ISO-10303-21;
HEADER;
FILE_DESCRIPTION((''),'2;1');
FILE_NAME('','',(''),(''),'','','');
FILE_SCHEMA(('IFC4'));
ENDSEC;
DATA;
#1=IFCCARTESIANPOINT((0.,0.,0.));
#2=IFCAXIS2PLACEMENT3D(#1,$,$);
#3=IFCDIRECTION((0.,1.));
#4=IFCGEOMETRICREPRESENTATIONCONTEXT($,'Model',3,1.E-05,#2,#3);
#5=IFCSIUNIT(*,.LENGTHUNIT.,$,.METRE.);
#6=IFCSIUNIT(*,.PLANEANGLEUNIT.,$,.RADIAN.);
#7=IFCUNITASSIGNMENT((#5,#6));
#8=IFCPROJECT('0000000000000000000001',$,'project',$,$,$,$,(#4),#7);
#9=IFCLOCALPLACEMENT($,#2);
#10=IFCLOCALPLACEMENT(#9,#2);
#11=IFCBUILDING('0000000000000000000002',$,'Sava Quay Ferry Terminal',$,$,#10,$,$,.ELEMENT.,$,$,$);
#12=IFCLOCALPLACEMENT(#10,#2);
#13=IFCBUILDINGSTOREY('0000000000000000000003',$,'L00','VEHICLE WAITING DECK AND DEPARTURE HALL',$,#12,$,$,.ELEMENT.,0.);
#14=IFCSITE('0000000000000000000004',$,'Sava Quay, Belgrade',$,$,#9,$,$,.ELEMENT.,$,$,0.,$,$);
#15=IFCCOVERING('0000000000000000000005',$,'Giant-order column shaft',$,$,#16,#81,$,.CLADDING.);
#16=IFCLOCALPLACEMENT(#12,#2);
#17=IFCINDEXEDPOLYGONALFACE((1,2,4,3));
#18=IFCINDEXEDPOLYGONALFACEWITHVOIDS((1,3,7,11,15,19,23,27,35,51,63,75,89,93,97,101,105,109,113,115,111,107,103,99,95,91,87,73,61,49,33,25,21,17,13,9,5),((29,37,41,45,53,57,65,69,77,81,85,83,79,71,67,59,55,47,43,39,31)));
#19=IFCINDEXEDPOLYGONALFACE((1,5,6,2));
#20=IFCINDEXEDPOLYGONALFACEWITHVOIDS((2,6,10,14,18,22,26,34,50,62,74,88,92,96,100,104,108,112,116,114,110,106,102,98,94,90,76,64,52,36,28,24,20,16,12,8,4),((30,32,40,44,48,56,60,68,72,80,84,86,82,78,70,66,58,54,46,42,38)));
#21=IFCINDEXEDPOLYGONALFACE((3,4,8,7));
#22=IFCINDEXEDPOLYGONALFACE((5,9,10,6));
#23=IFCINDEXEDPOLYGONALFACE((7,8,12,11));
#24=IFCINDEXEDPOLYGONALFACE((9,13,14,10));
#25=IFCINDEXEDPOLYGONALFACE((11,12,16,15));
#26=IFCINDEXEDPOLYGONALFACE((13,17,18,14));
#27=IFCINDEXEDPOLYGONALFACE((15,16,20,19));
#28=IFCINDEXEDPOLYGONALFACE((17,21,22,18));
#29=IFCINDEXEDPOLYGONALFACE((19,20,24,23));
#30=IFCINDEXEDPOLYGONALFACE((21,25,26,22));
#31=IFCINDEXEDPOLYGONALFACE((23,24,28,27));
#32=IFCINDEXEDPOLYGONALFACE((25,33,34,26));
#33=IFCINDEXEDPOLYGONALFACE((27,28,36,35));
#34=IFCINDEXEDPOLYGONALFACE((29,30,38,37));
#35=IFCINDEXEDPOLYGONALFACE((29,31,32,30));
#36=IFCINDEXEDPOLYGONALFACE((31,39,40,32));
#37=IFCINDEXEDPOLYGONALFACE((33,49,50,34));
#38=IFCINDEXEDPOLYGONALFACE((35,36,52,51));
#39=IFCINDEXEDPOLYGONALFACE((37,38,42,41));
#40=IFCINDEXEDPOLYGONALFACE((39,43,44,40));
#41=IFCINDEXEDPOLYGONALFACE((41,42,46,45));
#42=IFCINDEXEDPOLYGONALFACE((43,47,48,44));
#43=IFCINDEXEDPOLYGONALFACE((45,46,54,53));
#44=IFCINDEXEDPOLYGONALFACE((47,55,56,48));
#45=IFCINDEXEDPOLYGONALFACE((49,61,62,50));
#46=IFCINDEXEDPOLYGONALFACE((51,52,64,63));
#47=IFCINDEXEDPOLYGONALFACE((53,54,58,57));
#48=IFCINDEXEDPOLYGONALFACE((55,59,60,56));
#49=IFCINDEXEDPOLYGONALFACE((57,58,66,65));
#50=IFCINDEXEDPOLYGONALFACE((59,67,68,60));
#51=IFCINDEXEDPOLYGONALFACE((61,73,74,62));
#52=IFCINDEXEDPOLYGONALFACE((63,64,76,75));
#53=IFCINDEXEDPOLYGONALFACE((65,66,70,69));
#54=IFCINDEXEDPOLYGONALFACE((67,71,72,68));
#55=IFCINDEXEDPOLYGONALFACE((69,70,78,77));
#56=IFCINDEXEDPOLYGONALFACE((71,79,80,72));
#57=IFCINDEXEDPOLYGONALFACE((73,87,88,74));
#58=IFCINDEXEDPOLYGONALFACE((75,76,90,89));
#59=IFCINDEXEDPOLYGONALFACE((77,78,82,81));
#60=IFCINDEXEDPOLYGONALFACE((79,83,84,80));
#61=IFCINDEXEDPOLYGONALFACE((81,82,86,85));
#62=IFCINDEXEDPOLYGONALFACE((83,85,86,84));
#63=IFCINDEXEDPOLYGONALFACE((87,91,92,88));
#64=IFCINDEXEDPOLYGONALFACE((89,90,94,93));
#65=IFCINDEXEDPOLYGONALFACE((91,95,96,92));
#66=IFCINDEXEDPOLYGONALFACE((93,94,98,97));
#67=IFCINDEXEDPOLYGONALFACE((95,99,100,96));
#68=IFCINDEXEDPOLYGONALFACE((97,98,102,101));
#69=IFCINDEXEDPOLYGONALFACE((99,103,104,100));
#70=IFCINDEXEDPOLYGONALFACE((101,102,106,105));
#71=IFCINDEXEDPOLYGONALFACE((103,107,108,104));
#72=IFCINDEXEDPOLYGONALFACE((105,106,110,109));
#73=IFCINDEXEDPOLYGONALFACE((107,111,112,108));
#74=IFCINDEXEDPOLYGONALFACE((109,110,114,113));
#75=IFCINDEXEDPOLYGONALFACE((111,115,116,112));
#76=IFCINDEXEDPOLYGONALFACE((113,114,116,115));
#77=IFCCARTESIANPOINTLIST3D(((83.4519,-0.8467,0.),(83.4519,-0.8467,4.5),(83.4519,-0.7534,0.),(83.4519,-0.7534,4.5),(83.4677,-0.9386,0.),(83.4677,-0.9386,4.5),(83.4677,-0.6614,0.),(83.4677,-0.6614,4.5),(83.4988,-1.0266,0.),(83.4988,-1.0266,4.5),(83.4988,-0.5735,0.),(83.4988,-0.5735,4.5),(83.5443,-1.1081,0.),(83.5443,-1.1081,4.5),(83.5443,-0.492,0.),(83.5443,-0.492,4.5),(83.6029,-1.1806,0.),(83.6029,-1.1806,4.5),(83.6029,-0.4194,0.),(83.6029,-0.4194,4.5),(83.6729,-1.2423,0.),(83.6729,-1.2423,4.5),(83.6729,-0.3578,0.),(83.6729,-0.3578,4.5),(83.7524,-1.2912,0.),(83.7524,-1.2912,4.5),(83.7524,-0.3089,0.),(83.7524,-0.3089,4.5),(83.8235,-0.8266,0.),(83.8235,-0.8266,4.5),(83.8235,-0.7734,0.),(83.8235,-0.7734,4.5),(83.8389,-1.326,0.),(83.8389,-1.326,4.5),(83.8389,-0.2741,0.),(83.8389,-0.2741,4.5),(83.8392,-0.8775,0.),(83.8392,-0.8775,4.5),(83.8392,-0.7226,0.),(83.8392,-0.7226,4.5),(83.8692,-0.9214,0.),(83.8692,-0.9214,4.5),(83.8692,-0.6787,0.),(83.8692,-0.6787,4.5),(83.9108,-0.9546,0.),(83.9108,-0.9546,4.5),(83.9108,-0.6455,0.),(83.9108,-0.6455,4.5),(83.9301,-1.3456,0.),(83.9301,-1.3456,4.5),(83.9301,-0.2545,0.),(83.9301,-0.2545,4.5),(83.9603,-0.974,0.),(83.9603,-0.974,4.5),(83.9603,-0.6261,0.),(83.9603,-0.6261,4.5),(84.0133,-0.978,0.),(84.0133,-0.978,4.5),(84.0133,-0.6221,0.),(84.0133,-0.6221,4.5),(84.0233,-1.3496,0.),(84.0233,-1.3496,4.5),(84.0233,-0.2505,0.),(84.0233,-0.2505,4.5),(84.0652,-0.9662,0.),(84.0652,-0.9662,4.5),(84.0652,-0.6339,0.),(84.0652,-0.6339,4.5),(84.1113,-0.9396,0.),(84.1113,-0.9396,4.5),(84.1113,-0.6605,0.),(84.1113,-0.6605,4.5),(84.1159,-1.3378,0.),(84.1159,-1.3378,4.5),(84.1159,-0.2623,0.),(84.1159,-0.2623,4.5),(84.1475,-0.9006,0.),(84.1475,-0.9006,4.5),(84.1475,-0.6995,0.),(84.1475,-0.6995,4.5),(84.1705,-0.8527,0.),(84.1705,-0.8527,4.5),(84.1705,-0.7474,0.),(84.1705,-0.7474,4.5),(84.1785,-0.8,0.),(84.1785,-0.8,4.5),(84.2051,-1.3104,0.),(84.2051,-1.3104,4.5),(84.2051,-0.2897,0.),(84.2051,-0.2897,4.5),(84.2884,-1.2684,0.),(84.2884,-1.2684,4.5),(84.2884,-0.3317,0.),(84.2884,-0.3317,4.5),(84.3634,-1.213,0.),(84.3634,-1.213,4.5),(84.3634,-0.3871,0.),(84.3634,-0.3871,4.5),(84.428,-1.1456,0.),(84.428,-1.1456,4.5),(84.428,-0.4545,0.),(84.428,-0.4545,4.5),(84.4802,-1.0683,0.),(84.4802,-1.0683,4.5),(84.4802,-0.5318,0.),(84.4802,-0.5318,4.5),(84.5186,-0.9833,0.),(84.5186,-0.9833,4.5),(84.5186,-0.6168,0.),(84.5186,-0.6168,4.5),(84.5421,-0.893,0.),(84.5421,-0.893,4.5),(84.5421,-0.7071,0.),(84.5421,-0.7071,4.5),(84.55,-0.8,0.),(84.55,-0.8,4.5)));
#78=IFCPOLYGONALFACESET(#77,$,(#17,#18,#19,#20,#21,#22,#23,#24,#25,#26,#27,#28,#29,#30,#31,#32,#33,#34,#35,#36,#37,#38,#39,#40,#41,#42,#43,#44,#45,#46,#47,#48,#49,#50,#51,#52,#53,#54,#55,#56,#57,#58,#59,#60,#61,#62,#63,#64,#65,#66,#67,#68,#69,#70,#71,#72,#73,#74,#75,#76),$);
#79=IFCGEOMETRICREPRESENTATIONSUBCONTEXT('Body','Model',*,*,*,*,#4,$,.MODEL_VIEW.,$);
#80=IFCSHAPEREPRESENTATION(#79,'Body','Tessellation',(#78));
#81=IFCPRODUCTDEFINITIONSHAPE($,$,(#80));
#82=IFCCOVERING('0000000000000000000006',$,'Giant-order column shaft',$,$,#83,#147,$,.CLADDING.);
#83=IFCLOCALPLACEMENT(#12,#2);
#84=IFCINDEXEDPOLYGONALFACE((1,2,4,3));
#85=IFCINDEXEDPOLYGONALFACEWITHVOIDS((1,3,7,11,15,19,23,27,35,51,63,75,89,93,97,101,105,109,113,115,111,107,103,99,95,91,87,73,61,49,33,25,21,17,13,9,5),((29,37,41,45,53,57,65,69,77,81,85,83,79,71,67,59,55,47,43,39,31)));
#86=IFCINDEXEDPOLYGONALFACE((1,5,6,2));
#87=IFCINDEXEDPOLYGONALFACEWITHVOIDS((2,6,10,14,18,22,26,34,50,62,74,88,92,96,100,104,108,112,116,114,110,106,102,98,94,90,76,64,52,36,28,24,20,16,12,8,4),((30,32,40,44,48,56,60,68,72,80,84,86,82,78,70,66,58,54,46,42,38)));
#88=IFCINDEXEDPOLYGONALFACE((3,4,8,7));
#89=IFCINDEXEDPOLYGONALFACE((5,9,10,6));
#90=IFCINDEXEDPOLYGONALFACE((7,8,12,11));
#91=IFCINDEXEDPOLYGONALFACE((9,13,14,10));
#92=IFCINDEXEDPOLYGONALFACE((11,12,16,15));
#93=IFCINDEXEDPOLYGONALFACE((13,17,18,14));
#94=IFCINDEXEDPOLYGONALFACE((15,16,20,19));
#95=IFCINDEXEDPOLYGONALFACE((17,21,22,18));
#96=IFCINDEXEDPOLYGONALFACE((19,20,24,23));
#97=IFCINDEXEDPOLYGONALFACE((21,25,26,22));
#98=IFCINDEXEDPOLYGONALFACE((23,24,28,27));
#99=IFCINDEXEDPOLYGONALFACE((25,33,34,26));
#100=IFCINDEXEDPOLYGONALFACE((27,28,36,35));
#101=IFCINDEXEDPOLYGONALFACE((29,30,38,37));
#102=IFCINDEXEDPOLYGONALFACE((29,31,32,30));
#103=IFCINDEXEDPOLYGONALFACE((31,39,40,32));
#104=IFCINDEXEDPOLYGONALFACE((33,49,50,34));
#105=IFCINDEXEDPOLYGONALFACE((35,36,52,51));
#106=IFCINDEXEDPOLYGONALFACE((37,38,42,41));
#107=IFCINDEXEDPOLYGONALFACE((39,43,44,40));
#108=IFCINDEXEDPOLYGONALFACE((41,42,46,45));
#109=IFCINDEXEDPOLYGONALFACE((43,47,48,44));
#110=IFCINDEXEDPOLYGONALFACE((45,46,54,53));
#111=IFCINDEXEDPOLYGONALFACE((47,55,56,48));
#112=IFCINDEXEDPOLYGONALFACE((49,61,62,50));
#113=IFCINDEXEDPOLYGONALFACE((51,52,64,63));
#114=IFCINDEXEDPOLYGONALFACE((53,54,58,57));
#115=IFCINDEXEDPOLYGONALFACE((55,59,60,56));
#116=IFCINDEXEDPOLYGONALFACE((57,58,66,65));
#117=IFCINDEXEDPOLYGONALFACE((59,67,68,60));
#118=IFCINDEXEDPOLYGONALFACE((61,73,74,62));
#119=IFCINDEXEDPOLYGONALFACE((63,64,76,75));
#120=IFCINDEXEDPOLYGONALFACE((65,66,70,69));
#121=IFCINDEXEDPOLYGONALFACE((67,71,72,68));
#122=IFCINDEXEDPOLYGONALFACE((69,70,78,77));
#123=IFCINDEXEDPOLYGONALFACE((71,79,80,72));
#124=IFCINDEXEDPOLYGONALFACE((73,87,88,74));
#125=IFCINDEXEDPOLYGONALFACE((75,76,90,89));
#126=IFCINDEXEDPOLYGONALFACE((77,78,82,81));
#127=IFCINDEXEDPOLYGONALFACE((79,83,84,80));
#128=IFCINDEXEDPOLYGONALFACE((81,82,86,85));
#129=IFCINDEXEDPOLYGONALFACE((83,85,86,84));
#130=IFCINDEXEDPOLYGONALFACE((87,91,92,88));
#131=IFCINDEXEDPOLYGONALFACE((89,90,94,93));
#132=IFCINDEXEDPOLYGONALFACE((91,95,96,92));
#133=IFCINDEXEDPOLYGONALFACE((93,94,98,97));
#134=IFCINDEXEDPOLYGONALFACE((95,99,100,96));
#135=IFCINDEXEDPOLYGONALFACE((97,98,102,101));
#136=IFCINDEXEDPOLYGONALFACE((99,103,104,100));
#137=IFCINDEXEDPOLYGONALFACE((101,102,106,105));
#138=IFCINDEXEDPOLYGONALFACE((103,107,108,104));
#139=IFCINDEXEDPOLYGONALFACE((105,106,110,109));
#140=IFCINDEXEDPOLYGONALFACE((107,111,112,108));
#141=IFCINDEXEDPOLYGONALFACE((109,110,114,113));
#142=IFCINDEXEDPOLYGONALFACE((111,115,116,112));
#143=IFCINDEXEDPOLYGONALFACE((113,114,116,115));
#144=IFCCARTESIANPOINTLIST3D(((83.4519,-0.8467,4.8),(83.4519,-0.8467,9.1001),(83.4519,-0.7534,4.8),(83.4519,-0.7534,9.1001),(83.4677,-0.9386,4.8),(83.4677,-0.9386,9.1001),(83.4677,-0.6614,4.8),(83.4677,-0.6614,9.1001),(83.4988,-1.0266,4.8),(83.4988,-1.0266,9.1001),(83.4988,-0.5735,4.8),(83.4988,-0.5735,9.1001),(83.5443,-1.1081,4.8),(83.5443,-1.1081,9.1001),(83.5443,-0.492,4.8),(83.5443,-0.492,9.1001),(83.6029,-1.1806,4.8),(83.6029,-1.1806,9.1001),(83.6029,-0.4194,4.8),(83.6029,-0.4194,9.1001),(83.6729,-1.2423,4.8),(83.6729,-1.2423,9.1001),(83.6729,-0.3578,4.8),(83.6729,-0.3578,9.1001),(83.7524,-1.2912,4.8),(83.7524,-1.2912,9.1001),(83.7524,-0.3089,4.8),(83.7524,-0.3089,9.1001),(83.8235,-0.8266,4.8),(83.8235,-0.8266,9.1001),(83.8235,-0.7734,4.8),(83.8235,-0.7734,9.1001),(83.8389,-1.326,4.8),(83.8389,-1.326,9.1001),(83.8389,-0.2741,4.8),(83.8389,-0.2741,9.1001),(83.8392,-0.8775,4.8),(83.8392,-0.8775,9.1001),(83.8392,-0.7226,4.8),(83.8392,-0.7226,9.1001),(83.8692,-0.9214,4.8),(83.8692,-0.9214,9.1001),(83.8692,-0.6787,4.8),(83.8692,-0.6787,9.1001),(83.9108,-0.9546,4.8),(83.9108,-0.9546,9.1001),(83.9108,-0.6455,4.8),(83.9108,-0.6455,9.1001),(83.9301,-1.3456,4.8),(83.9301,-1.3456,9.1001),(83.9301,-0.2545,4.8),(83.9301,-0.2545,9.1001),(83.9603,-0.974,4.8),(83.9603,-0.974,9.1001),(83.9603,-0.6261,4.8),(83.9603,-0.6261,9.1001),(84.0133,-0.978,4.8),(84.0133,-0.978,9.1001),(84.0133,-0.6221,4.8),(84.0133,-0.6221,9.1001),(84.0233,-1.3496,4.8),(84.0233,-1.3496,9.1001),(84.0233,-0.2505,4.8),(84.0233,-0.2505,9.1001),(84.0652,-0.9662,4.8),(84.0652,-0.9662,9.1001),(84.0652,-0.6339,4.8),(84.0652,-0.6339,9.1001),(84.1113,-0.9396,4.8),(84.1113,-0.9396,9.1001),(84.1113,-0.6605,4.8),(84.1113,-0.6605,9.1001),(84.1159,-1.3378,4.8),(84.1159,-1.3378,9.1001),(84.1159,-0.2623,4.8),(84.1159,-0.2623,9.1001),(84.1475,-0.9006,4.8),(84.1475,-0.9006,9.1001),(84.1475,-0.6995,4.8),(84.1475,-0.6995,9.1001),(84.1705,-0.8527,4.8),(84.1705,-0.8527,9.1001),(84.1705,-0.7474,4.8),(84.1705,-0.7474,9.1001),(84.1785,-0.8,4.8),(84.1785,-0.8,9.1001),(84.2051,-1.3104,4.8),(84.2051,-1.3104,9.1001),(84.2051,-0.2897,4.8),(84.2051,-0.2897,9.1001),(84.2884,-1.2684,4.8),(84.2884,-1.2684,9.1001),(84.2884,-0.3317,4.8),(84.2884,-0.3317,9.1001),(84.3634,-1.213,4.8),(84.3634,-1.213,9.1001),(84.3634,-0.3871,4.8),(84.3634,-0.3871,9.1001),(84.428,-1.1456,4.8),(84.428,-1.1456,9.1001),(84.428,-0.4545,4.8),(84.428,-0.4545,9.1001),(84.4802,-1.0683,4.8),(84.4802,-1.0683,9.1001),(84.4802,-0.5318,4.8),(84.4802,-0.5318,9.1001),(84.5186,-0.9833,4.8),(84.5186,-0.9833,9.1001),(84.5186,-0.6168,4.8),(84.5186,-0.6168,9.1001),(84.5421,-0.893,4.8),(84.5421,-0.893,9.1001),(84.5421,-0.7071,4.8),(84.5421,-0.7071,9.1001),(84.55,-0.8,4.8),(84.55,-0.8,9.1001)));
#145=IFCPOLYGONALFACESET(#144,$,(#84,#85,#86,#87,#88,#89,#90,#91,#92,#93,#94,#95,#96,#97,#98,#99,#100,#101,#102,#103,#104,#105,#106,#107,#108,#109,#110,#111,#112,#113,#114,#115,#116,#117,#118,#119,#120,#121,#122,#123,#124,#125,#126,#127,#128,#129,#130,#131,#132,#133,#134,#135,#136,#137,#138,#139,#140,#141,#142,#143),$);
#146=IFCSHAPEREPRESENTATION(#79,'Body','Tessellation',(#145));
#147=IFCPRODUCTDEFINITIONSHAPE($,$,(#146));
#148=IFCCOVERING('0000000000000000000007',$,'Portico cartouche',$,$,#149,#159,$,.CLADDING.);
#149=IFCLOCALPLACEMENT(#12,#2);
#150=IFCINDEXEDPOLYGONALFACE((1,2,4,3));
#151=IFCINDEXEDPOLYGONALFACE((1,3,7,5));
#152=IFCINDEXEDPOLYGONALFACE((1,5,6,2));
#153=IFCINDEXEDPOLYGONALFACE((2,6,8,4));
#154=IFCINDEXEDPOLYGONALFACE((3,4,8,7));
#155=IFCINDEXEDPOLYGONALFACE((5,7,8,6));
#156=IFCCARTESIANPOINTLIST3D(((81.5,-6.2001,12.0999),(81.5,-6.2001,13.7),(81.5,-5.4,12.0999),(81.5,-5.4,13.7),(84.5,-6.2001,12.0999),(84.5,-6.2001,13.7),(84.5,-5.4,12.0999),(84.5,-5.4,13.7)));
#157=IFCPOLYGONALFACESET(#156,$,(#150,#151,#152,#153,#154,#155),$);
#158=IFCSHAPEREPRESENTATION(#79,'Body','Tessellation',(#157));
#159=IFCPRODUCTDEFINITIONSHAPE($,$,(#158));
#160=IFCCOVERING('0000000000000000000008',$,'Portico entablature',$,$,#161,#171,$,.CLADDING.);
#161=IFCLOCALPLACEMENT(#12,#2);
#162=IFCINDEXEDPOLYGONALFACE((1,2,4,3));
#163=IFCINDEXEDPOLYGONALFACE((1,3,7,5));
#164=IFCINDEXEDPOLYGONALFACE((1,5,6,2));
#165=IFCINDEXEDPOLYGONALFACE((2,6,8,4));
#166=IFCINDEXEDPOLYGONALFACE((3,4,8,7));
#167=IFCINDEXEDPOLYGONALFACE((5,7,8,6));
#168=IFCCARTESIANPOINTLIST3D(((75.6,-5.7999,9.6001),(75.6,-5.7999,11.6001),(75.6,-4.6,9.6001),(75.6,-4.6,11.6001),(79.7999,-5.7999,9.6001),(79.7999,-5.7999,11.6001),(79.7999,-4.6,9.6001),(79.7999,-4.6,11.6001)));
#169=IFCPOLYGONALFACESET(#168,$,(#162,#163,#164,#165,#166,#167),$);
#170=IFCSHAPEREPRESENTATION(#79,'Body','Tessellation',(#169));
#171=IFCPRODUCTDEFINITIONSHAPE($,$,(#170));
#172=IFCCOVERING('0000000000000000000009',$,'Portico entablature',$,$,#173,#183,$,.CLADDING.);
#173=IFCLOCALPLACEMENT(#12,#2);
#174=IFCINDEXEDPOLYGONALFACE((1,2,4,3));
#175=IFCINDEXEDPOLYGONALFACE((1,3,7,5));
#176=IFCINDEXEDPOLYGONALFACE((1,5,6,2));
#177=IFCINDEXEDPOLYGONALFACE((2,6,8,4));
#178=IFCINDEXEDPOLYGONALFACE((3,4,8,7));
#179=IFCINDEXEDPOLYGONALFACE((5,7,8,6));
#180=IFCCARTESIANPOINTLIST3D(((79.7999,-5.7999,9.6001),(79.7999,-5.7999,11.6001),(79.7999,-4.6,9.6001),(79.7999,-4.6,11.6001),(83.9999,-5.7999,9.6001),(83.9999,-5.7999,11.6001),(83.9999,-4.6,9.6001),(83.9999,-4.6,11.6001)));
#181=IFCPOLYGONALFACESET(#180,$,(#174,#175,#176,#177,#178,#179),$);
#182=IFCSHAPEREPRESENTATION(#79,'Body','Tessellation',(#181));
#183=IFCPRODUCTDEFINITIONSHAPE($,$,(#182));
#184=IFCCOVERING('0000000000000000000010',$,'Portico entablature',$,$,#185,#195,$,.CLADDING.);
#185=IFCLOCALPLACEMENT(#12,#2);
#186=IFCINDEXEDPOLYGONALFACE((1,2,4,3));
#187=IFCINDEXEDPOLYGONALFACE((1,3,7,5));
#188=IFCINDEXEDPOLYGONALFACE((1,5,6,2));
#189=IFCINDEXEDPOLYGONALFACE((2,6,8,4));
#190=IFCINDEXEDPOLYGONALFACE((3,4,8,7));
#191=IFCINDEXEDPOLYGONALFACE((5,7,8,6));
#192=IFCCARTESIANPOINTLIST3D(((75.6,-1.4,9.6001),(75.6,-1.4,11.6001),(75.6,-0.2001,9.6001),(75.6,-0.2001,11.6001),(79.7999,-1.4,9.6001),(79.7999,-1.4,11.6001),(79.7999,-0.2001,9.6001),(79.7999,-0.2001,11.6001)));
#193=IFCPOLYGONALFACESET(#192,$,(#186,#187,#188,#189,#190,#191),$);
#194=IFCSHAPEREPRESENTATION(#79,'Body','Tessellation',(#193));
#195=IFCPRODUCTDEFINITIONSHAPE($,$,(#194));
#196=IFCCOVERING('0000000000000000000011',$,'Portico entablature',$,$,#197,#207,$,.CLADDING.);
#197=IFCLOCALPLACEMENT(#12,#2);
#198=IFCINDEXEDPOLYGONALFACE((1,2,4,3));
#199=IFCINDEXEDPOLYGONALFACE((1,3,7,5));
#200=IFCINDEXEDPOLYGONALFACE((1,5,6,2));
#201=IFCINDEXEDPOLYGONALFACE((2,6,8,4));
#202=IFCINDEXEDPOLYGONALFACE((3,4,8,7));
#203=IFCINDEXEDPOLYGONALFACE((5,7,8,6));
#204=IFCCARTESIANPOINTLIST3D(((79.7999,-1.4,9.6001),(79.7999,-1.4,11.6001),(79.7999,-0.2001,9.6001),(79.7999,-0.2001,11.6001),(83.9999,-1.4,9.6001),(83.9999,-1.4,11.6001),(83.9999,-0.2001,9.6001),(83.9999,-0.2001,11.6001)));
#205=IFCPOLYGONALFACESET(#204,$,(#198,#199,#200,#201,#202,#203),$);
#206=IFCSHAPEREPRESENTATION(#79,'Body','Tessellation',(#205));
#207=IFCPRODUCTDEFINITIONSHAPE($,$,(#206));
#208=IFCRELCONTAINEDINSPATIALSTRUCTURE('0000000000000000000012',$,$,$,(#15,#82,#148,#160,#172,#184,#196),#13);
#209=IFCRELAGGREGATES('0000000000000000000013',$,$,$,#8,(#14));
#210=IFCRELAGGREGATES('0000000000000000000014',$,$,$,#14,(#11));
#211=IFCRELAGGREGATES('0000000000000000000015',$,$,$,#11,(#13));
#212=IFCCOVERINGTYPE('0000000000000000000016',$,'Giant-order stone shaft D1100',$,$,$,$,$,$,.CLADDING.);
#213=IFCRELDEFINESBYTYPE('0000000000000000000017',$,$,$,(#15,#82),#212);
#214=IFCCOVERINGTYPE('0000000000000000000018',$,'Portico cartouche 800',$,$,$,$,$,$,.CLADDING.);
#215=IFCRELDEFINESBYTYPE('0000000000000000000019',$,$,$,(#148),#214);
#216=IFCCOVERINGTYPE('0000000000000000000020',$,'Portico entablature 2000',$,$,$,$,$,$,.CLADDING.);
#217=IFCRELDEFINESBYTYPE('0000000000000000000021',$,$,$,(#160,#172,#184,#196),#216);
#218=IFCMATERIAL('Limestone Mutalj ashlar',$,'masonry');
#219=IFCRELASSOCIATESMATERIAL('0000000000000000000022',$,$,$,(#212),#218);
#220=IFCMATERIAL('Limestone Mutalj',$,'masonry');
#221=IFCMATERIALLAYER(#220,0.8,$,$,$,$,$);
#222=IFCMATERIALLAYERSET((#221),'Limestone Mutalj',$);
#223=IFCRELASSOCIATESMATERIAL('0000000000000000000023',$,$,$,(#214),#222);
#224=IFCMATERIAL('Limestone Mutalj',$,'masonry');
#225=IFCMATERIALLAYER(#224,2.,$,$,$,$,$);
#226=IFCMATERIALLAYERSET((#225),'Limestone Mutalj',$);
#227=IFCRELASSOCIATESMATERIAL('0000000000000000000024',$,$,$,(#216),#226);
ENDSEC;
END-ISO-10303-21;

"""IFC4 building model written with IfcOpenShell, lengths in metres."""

from ifc_helpers import new_model, si_unit, direction, frame, origin, origin_2d, place, context, subcontext, project, spatial, rectangle, hollow_circle, extrude, material, layer, layer_set, material_profile, profile_set, type_object, element, save


model = new_model("IFC4")

# Units and contexts
model_context = context("Model", 3, precision=1e-05, world=origin(), true_north=direction((0.0, 1.0)))
body_context = subcontext(model_context, "Body", "Model", "MODEL_VIEW")
ifc_project = project(units=[si_unit("LENGTHUNIT", "METRE"), si_unit("PLANEANGLEUNIT", "RADIAN")], contexts=[model_context])

# Site, building, storey
site_placement = place(None, origin())
site = spatial("IfcSite", under=ifc_project, at=site_placement, Name="Sava Quay, Belgrade", CompositionType="ELEMENT", RefElevation=0.0)
building_placement = place(site_placement, origin())
building = spatial("IfcBuilding", under=site, at=building_placement, Name="Sava Quay Ferry Terminal", CompositionType="ELEMENT")
storey_placement = place(building_placement, origin())
storey = spatial("IfcBuildingStorey", under=building, at=storey_placement, Name="L00", Description="VEHICLE WAITING DECK AND DEPARTURE HALL", CompositionType="ELEMENT", Elevation=0.0)

# Coverings
ifc_material_1 = material(Name="Limestone Mutalj ashlar", Category="masonry")
ifc_material_profile_1 = material_profile(ifc_material_1, hollow_circle(Radius=0.55, WallThickness=0.3716, at=origin_2d()), Name="Stone shaft D1100")
ifc_profile_set_1 = profile_set([ifc_material_profile_1], Name="Limestone Mutalj ashlar")
covering_type_1 = type_object("IfcCoveringType", Name="Giant-order stone shaft D1100", PredefinedType="CLADDING", material=ifc_profile_set_1)
covering_1_placement = place(storey_placement, frame((84.0, -0.8, 0.0), z_axis=(0.0, 0.0, 1.0), x_axis=(1.0, 0.0, 0.0)))
element("IfcCovering", 1, at=covering_1_placement, inside=storey, type_object=covering_type_1, Name="Giant-order column shaft", PredefinedType="CLADDING", context=body_context, shape_type="SweptSolid", body=[
    extrude(hollow_circle(Radius=0.55, WallThickness=0.3716, at=origin_2d()), origin(), (0.0, 0.0, 1.0), 4.5),
])
covering_2_placement = place(storey_placement, frame((84.0, -0.8, 4.8), z_axis=(0.0, 0.0, 1.0), x_axis=(1.0, 0.0, 0.0)))
element("IfcCovering", 2, at=covering_2_placement, inside=storey, type_object=covering_type_1, Name="Giant-order column shaft", PredefinedType="CLADDING", context=body_context, shape_type="SweptSolid", body=[
    extrude(hollow_circle(Radius=0.55, WallThickness=0.3716, at=origin_2d()), origin(), (0.0, 0.0, 1.0), 4.3),
])
ifc_material_2 = material(Name="Limestone Mutalj", Category="masonry")
ifc_layer_1 = layer(ifc_material_2, 0.8)
ifc_layer_set_1 = layer_set([ifc_layer_1], Name="Limestone Mutalj")
covering_type_2 = type_object("IfcCoveringType", Name="Portico cartouche 800", PredefinedType="CLADDING", material=ifc_layer_set_1)
covering_3_placement = place(storey_placement, frame((83.0, -5.8, 12.0999), z_axis=(0.0, 0.0, 1.0), x_axis=(1.0, 0.0, 0.0)))
element("IfcCovering", 3, at=covering_3_placement, inside=storey, type_object=covering_type_2, Name="Portico cartouche", PredefinedType="CLADDING", context=body_context, shape_type="SweptSolid", body=[
    extrude(rectangle(XDim=3.0, YDim=0.8, at=origin_2d()), origin(), (0.0, 0.0, 1.0), 1.6001),
])
ifc_material_3 = material(Name="Limestone Mutalj", Category="masonry")
ifc_layer_2 = layer(ifc_material_3, 2.0)
ifc_layer_set_2 = layer_set([ifc_layer_2], Name="Limestone Mutalj")
covering_type_3 = type_object("IfcCoveringType", Name="Portico entablature 2000", PredefinedType="CLADDING", material=ifc_layer_set_2)
for number, where, z_axis, x_axis, name in (
    (4, (77.7, -5.2, 9.6001), (0.0, 0.0, 1.0), (1.0, 0.0, 0.0), "Portico entablature"),
    (5, (81.8999, -5.2, 9.6001), (0.0, 0.0, 1.0), (1.0, 0.0, 0.0), "Portico entablature"),
    (6, (77.7, -0.8, 9.6001), (0.0, 0.0, 1.0), (1.0, 0.0, 0.0), "Portico entablature"),
    (7, (81.8999, -0.8, 9.6001), (0.0, 0.0, 1.0), (1.0, 0.0, 0.0), "Portico entablature"),
):
    element("IfcCovering", number, at=place(storey_placement, frame(where, z_axis=z_axis, x_axis=x_axis)), inside=storey, type_object=covering_type_3, Name=name, PredefinedType="CLADDING", context=body_context, shape_type="SweptSolid", body=[
        extrude(rectangle(XDim=4.2, YDim=1.2, at=origin_2d()), origin(), (0.0, 0.0, 1.0), 2.0),
    ])

save(model, "model.ifc")
